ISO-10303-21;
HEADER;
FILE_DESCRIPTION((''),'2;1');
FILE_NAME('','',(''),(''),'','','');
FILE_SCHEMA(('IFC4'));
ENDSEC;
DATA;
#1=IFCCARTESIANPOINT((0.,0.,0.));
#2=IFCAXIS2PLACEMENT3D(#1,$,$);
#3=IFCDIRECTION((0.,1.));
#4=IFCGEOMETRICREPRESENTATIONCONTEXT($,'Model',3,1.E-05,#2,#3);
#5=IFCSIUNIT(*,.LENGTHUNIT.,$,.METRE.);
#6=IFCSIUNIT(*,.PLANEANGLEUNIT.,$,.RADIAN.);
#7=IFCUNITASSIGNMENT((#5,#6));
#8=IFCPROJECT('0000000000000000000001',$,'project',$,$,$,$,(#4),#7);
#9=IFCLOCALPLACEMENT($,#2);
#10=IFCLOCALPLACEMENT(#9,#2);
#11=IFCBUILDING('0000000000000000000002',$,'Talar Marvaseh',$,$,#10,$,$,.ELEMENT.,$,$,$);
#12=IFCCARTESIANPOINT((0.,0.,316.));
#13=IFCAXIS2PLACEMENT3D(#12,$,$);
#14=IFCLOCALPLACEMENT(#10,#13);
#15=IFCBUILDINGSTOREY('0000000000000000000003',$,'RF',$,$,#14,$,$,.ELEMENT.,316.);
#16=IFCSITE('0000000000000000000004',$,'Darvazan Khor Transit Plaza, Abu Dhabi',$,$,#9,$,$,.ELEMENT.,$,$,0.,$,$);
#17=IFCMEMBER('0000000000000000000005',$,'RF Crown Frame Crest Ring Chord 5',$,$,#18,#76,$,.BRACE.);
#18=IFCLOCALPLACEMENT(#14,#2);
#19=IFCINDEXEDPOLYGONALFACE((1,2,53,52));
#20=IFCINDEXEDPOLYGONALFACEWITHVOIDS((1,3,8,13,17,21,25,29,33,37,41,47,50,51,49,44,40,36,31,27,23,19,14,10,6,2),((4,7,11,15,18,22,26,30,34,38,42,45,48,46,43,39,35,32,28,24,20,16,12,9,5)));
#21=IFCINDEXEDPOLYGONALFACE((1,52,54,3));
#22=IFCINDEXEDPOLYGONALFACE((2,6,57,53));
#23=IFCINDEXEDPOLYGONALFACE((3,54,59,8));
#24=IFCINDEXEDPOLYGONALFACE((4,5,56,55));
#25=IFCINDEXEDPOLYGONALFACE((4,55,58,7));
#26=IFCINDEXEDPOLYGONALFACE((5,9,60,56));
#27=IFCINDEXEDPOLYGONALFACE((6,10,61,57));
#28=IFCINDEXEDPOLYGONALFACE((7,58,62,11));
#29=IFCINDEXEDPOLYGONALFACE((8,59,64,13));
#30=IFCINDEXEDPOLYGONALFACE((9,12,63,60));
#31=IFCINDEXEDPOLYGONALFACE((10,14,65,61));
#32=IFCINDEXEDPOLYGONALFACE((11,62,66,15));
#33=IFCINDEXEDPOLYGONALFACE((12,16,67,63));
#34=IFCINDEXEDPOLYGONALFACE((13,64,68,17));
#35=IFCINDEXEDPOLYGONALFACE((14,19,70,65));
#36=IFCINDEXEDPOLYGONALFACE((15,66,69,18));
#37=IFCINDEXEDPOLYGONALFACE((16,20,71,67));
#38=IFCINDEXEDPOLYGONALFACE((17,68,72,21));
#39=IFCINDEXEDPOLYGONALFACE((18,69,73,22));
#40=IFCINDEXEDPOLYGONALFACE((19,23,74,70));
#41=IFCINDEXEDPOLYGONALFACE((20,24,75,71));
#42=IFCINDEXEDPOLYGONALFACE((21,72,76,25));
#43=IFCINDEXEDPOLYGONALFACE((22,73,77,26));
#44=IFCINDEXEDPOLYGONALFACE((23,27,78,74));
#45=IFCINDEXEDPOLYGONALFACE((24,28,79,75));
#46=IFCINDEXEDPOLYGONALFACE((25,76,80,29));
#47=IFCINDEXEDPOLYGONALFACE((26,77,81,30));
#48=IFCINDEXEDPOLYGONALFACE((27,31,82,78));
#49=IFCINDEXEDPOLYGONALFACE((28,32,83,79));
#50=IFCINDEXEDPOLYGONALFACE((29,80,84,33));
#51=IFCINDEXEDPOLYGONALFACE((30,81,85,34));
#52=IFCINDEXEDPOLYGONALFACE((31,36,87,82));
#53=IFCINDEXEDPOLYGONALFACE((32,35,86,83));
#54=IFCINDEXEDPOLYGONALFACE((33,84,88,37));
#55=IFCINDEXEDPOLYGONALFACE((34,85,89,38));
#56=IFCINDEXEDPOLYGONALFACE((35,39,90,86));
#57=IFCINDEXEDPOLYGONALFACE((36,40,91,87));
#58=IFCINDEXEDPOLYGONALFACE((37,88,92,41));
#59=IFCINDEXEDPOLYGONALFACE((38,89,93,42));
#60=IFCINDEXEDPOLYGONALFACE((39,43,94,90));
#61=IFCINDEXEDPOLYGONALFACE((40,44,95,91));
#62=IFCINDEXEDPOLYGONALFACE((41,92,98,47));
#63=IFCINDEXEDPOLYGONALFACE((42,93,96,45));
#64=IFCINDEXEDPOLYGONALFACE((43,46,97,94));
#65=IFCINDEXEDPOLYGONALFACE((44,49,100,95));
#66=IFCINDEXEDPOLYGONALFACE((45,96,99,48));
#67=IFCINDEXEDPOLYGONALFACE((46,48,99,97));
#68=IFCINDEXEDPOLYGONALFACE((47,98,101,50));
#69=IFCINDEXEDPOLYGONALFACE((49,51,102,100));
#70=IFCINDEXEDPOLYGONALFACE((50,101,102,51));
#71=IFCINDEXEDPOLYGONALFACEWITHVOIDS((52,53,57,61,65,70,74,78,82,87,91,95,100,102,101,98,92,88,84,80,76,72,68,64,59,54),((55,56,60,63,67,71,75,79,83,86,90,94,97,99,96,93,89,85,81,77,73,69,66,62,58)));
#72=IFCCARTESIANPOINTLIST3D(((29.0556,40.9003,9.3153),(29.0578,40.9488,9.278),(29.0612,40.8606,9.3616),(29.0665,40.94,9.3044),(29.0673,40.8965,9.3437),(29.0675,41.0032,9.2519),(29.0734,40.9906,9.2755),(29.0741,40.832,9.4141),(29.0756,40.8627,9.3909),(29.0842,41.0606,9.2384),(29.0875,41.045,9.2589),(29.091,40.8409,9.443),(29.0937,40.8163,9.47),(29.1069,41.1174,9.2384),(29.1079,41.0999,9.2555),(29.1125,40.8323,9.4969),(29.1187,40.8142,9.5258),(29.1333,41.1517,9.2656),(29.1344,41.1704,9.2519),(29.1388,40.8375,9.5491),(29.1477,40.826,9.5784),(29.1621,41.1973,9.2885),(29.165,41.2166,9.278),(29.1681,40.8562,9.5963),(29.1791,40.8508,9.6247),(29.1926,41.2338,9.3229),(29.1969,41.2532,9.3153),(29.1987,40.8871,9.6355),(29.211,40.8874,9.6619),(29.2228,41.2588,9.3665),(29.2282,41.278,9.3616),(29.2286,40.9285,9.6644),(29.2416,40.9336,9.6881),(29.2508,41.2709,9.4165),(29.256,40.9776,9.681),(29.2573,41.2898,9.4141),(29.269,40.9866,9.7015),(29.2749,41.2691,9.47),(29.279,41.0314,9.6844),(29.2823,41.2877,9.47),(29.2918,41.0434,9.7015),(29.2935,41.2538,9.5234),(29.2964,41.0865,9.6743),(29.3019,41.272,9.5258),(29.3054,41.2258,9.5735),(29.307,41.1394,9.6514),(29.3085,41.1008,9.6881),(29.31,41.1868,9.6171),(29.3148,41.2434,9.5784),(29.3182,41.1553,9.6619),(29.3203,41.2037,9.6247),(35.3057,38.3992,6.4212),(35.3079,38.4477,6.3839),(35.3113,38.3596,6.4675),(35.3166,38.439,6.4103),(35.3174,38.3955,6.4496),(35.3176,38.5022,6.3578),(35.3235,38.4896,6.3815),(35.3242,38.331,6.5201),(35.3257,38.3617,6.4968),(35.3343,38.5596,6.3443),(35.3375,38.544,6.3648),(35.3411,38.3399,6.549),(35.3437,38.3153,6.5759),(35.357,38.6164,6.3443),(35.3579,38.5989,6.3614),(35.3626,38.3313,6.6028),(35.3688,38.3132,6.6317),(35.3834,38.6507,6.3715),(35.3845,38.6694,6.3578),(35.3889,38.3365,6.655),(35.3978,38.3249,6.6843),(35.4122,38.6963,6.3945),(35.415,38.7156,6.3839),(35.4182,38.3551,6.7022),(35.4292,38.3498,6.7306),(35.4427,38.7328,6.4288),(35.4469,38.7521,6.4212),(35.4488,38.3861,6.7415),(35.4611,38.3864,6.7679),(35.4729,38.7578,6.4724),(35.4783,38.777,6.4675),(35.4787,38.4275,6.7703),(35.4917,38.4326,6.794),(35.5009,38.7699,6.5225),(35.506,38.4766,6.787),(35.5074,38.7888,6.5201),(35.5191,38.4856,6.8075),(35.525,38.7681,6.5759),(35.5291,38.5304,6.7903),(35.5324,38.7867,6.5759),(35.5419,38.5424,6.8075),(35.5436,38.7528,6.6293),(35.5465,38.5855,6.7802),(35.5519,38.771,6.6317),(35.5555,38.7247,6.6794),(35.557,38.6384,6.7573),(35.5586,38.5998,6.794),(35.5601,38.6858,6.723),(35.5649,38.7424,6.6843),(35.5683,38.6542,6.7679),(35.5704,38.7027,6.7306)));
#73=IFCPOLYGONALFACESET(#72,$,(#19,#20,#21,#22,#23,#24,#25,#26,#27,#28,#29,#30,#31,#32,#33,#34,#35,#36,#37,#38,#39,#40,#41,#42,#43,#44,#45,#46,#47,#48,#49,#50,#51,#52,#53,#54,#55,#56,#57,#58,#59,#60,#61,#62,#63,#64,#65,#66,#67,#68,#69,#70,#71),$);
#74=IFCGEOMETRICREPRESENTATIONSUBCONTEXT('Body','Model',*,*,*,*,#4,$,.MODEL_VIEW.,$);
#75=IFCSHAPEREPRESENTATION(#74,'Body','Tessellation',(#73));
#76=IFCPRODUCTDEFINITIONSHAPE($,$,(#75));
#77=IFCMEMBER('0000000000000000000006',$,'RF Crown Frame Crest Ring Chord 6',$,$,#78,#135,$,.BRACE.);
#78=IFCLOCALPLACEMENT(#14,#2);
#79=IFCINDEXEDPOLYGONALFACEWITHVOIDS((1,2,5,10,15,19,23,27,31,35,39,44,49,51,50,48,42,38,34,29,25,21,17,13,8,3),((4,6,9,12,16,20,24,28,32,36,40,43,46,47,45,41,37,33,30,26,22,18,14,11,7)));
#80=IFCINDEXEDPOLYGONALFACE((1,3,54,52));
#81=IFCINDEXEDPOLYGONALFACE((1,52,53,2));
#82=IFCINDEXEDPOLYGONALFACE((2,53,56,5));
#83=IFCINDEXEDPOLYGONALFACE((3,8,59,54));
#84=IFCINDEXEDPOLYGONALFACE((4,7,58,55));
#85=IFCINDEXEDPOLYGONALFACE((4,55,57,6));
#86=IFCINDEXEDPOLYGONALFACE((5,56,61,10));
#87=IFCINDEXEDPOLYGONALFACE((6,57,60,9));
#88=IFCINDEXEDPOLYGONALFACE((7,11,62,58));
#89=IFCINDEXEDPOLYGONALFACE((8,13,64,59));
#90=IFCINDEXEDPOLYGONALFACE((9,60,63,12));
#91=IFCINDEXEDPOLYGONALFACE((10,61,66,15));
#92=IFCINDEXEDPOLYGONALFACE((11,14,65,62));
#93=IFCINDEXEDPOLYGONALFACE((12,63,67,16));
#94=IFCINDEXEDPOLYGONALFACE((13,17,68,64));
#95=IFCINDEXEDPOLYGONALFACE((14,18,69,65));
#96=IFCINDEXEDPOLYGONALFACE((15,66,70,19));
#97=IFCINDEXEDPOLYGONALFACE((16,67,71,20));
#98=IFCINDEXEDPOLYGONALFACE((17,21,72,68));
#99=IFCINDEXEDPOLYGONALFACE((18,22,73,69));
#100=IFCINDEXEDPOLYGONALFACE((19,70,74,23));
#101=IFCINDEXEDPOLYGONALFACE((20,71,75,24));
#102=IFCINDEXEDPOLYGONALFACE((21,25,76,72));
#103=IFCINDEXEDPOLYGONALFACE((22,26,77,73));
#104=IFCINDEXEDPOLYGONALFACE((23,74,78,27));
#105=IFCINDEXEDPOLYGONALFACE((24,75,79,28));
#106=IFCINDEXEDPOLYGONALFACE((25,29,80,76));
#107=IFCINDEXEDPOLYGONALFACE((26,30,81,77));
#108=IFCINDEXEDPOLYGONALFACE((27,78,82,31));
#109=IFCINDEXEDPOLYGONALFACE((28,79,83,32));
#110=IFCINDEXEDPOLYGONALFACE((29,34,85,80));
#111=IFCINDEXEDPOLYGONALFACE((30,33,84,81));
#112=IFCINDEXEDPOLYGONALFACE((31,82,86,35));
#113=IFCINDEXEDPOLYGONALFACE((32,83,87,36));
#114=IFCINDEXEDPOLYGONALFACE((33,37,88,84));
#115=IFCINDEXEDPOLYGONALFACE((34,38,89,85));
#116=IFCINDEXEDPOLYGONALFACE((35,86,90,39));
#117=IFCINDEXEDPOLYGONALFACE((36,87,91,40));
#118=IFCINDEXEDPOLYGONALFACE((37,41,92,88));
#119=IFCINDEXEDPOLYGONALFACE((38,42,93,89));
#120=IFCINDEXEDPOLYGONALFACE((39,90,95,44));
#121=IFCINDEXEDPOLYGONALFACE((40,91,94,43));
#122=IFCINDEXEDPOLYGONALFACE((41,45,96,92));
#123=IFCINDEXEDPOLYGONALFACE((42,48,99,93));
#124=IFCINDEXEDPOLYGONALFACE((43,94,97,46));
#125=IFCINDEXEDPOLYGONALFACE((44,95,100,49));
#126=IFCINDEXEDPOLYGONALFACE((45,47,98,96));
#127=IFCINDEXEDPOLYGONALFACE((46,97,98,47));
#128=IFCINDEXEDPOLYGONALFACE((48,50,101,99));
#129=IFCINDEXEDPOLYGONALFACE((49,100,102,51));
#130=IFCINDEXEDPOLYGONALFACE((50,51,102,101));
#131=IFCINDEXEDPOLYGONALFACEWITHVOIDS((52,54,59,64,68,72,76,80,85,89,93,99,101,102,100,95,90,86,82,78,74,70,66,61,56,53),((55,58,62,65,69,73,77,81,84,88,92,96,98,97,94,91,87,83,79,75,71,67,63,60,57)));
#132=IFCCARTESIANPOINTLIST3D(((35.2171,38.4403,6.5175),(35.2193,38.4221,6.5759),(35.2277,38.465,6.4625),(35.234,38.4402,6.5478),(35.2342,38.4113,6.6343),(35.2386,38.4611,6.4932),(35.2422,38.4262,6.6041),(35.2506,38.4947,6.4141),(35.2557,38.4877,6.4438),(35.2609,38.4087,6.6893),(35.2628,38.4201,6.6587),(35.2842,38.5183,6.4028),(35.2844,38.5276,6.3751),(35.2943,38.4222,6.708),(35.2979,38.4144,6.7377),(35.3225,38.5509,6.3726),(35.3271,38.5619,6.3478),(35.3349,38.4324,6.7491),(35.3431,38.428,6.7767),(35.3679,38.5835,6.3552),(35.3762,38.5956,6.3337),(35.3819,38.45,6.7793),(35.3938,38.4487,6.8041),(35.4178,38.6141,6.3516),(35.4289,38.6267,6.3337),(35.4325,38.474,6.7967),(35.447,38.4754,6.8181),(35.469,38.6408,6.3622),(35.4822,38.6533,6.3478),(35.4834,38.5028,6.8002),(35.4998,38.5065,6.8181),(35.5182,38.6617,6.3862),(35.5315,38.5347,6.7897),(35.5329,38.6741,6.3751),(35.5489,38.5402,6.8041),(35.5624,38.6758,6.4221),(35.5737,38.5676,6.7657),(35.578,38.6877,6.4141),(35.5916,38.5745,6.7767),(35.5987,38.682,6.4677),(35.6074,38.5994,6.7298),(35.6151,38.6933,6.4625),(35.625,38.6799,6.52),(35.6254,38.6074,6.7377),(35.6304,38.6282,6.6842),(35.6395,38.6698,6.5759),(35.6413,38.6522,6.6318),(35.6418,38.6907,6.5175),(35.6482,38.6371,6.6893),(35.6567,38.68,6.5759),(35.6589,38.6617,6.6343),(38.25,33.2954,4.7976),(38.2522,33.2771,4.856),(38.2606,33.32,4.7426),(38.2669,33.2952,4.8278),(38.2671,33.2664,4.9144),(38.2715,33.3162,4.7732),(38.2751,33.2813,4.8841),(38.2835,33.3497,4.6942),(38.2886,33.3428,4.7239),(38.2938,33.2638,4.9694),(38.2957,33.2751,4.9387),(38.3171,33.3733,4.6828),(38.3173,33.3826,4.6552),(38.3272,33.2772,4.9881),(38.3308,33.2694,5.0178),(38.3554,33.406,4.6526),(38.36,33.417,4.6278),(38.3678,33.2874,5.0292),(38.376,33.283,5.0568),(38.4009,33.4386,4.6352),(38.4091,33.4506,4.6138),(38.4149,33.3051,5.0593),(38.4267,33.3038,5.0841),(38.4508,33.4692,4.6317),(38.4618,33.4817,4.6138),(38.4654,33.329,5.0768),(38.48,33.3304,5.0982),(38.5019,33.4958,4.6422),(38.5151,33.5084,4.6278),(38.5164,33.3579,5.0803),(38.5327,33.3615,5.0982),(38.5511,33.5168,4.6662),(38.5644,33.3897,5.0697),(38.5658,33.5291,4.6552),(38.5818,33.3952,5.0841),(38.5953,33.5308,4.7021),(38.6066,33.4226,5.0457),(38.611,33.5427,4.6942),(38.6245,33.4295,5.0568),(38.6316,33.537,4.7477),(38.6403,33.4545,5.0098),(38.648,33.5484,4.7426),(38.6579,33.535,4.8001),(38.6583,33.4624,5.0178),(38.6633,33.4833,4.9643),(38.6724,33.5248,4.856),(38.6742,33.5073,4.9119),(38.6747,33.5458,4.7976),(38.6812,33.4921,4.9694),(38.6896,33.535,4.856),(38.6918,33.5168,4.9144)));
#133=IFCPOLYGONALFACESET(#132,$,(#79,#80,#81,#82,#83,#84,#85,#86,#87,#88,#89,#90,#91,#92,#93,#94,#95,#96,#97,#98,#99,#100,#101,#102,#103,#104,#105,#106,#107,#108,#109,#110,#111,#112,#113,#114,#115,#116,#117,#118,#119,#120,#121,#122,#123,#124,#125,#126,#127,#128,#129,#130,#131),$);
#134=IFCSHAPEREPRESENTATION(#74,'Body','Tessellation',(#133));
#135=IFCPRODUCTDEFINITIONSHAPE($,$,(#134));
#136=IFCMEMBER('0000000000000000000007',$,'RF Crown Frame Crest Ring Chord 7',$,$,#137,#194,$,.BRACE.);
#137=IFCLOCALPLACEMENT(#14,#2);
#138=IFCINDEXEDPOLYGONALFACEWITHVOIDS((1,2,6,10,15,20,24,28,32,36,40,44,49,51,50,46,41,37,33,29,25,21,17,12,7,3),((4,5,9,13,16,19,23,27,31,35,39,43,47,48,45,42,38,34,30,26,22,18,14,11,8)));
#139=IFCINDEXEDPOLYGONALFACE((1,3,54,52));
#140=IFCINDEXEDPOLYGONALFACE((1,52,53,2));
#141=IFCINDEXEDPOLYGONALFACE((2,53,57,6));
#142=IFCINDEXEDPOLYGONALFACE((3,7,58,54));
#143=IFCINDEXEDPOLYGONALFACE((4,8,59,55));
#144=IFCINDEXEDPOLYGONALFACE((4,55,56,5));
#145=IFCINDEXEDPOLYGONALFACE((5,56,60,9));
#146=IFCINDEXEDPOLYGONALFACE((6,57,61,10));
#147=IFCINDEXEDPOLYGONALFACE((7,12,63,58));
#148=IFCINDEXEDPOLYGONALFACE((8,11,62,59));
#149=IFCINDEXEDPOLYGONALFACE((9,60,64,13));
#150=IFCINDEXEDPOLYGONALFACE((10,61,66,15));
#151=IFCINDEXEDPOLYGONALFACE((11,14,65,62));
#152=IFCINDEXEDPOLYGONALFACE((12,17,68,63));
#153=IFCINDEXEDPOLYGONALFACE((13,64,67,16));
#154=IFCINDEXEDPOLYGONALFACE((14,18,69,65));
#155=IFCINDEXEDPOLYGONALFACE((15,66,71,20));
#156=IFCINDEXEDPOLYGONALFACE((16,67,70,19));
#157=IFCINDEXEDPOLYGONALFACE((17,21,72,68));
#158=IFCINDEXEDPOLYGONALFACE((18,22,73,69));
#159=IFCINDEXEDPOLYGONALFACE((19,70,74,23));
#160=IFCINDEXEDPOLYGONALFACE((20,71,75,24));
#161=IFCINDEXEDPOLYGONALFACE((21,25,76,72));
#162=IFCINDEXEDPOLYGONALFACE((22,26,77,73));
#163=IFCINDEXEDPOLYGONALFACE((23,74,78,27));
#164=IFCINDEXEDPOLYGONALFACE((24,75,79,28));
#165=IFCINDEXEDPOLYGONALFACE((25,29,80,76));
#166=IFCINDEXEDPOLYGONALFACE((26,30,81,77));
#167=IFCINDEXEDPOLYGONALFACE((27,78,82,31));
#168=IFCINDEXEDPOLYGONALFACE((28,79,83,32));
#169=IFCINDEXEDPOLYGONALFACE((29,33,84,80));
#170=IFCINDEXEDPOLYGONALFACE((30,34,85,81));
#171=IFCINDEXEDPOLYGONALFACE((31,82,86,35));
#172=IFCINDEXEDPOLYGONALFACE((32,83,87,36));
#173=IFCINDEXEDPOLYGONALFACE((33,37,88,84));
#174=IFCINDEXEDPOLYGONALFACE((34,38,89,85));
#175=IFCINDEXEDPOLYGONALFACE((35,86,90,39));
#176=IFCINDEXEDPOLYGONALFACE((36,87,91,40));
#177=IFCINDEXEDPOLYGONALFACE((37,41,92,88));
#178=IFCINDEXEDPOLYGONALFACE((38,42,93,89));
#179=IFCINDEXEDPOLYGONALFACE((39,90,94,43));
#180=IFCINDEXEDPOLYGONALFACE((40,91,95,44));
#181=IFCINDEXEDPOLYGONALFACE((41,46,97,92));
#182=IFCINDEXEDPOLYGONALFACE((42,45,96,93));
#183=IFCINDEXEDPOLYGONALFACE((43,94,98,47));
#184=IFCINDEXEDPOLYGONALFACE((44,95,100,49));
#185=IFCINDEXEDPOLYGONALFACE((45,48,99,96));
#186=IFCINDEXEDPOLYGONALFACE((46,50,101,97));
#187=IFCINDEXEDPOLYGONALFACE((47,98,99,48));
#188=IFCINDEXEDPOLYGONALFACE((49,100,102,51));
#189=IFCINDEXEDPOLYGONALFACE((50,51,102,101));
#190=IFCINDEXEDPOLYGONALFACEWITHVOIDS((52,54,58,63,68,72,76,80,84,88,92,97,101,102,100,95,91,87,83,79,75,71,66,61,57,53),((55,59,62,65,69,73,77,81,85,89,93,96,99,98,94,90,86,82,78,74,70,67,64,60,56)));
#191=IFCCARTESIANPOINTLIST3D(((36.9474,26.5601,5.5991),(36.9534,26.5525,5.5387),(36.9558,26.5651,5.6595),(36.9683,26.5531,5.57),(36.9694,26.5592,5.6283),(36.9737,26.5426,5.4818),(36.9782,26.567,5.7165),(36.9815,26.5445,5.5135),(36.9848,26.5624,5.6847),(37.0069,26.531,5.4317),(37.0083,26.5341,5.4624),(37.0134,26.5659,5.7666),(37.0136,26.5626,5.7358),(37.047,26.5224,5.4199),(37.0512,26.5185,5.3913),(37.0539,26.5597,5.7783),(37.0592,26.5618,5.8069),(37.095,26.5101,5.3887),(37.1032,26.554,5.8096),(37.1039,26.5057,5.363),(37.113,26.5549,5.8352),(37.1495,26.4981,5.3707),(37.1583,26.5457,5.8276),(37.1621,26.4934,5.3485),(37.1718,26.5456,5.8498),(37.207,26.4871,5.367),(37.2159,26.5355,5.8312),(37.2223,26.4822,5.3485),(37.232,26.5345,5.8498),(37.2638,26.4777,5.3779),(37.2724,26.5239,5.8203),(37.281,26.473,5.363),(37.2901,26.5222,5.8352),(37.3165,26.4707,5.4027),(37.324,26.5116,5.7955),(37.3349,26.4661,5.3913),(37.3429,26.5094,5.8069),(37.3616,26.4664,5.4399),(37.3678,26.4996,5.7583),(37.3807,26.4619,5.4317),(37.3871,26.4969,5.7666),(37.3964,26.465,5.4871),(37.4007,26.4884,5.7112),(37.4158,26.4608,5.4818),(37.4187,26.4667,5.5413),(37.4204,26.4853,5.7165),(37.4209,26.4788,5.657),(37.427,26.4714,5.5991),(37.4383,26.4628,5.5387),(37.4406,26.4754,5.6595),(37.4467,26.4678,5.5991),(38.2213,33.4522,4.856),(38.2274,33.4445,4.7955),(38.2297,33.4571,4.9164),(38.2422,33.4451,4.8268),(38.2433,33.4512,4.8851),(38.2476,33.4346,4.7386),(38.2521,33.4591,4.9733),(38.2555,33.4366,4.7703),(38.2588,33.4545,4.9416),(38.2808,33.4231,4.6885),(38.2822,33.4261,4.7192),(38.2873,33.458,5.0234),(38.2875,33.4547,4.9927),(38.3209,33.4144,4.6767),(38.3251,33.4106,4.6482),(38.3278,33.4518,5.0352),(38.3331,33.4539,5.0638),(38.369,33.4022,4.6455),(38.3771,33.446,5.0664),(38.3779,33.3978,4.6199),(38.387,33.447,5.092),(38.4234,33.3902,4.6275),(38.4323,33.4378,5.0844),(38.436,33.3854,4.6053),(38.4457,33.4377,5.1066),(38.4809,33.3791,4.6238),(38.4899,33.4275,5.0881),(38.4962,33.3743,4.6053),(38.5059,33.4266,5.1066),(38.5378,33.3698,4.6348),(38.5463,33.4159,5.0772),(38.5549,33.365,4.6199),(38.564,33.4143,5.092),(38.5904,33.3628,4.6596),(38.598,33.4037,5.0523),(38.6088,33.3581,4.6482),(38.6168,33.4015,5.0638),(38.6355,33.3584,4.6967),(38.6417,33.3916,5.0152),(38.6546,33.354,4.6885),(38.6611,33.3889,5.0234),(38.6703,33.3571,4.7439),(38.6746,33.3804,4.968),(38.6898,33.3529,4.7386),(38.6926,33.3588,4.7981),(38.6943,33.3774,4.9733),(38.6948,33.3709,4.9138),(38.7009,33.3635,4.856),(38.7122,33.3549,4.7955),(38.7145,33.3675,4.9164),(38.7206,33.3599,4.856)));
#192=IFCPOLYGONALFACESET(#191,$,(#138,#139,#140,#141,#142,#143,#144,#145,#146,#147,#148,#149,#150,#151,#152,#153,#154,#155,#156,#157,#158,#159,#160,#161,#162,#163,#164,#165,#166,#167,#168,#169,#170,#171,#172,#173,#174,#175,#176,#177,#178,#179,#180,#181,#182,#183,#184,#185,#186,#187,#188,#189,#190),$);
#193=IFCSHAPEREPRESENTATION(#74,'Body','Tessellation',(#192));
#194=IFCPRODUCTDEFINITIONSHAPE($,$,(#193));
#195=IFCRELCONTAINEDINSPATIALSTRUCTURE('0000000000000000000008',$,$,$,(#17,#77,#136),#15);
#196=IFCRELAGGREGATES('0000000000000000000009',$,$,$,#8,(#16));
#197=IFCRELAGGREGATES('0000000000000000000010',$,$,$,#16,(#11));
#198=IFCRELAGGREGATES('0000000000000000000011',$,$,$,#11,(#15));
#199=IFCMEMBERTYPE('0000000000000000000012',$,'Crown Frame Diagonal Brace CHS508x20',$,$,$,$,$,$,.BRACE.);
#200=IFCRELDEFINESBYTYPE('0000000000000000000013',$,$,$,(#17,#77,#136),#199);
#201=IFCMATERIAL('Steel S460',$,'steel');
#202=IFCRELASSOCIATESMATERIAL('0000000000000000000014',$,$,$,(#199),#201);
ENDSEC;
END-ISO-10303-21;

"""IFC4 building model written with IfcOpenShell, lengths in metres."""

from ifc_helpers import new_model, si_unit, direction, frame, origin, origin_2d, place, context, subcontext, project, spatial, hollow_circle, extrude, source, transform, mapped, material, material_profile, profile_set, type_object, element, save


model = new_model("IFC4")

# Units and contexts
model_context = context("Model", 3, precision=1e-05, world=origin(), true_north=direction((0.0, 1.0)))
body_context = subcontext(model_context, "Body", "Model", "MODEL_VIEW")
ifc_project = project(units=[si_unit("LENGTHUNIT", "METRE"), si_unit("PLANEANGLEUNIT", "RADIAN")], contexts=[model_context])

# Site, building, storey
site_placement = place(None, origin())
site = spatial("IfcSite", under=ifc_project, at=site_placement, Name="Darvazan Khor Transit Plaza, Abu Dhabi", CompositionType="ELEMENT", RefElevation=0.0)
building_placement = place(site_placement, origin())
building = spatial("IfcBuilding", under=site, at=building_placement, Name="Talar Marvaseh", CompositionType="ELEMENT")
storey_placement = place(building_placement, frame((0.0, 0.0, 316.0)))
storey = spatial("IfcBuildingStorey", under=building, at=storey_placement, Name="RF", CompositionType="ELEMENT", Elevation=316.0)

# Shared definitions
ifc_material_1 = material(Name="Steel S460", Category="steel")

# Members
ifc_material_profile_1 = material_profile(ifc_material_1, hollow_circle(Radius=0.2539, WallThickness=0.02, at=origin_2d()), Name="CHS508x20")
ifc_profile_set_1 = profile_set([ifc_material_profile_1], Name="Steel S460")
member_type = type_object("IfcMemberType", Name="Crown Frame Diagonal Brace CHS508x20", PredefinedType="BRACE", material=ifc_profile_set_1)
shared_shape_1 = source(origin(), body_context, "Body", "SweptSolid", [
    extrude(hollow_circle(Radius=0.2539, WallThickness=0.02, at=origin_2d()), origin(), (0.0, 0.0, 1.0), 7.3276),
])
member_1_placement = place(storey_placement, frame((29.188, 41.052, 9.47), z_axis=(0.852946, -0.341312, -0.394954), x_axis=(0.371516, 0.928427, 0.0)))
element("IfcMember", 1, at=member_1_placement, inside=storey, type_object=member_type, Name="RF Crown Frame Crest Ring Chord 5", PredefinedType="BRACE", context=body_context, shape_type="MappedRepresentation", body=[
    mapped(shared_shape_1, transform((0.0, 0.0, 0.0), x_axis=(1.0, 0.0, 0.0), y_axis=(0.0, 1.0, 0.0), z_axis=(0.0, 0.0, 1.0), scale=1.0)),
])
shared_shape_2 = source(origin(), body_context, "Body", "SweptSolid", [
    extrude(hollow_circle(Radius=0.2539, WallThickness=0.02, at=origin_2d()), origin(), (0.0, 0.0, 1.0), 6.2151),
])
member_2_placement = place(storey_placement, frame((35.438, 38.551, 6.5759), z_axis=(0.487993, -0.827816, -0.276737), x_axis=(0.86146, 0.507826, 0.0)))
element("IfcMember", 2, at=member_2_placement, inside=storey, type_object=member_type, Name="RF Crown Frame Crest Ring Chord 6", PredefinedType="BRACE", context=body_context, shape_type="MappedRepresentation", body=[
    mapped(shared_shape_2, transform((0.0, 0.0, 0.0), x_axis=(1.0, 0.0, 0.0), y_axis=(0.0, 1.0, 0.0), z_axis=(0.0, 0.0, 1.0), scale=1.0)),
])
shared_shape_3 = source(origin(), body_context, "Body", "SweptSolid", [
    extrude(hollow_circle(Radius=0.2539, WallThickness=0.02, at=origin_2d()), origin(), (0.0, 0.0, 1.0), 7.0481),
])
member_3_placement = place(storey_placement, frame((38.4709, 33.406, 4.856), z_axis=(-0.180747, -0.977861, 0.105441), x_axis=(0.983343, -0.18176, 0.0)))
element("IfcMember", 3, at=member_3_placement, inside=storey, type_object=member_type, Name="RF Crown Frame Crest Ring Chord 7", PredefinedType="BRACE", context=body_context, shape_type="MappedRepresentation", body=[
    mapped(shared_shape_3, transform((0.0, 0.0, 0.0), x_axis=(1.0, 0.0, 0.0), y_axis=(0.0, 1.0, 0.0), z_axis=(0.0, 0.0, 1.0), scale=1.0)),
])

save(model, "model.ifc")
